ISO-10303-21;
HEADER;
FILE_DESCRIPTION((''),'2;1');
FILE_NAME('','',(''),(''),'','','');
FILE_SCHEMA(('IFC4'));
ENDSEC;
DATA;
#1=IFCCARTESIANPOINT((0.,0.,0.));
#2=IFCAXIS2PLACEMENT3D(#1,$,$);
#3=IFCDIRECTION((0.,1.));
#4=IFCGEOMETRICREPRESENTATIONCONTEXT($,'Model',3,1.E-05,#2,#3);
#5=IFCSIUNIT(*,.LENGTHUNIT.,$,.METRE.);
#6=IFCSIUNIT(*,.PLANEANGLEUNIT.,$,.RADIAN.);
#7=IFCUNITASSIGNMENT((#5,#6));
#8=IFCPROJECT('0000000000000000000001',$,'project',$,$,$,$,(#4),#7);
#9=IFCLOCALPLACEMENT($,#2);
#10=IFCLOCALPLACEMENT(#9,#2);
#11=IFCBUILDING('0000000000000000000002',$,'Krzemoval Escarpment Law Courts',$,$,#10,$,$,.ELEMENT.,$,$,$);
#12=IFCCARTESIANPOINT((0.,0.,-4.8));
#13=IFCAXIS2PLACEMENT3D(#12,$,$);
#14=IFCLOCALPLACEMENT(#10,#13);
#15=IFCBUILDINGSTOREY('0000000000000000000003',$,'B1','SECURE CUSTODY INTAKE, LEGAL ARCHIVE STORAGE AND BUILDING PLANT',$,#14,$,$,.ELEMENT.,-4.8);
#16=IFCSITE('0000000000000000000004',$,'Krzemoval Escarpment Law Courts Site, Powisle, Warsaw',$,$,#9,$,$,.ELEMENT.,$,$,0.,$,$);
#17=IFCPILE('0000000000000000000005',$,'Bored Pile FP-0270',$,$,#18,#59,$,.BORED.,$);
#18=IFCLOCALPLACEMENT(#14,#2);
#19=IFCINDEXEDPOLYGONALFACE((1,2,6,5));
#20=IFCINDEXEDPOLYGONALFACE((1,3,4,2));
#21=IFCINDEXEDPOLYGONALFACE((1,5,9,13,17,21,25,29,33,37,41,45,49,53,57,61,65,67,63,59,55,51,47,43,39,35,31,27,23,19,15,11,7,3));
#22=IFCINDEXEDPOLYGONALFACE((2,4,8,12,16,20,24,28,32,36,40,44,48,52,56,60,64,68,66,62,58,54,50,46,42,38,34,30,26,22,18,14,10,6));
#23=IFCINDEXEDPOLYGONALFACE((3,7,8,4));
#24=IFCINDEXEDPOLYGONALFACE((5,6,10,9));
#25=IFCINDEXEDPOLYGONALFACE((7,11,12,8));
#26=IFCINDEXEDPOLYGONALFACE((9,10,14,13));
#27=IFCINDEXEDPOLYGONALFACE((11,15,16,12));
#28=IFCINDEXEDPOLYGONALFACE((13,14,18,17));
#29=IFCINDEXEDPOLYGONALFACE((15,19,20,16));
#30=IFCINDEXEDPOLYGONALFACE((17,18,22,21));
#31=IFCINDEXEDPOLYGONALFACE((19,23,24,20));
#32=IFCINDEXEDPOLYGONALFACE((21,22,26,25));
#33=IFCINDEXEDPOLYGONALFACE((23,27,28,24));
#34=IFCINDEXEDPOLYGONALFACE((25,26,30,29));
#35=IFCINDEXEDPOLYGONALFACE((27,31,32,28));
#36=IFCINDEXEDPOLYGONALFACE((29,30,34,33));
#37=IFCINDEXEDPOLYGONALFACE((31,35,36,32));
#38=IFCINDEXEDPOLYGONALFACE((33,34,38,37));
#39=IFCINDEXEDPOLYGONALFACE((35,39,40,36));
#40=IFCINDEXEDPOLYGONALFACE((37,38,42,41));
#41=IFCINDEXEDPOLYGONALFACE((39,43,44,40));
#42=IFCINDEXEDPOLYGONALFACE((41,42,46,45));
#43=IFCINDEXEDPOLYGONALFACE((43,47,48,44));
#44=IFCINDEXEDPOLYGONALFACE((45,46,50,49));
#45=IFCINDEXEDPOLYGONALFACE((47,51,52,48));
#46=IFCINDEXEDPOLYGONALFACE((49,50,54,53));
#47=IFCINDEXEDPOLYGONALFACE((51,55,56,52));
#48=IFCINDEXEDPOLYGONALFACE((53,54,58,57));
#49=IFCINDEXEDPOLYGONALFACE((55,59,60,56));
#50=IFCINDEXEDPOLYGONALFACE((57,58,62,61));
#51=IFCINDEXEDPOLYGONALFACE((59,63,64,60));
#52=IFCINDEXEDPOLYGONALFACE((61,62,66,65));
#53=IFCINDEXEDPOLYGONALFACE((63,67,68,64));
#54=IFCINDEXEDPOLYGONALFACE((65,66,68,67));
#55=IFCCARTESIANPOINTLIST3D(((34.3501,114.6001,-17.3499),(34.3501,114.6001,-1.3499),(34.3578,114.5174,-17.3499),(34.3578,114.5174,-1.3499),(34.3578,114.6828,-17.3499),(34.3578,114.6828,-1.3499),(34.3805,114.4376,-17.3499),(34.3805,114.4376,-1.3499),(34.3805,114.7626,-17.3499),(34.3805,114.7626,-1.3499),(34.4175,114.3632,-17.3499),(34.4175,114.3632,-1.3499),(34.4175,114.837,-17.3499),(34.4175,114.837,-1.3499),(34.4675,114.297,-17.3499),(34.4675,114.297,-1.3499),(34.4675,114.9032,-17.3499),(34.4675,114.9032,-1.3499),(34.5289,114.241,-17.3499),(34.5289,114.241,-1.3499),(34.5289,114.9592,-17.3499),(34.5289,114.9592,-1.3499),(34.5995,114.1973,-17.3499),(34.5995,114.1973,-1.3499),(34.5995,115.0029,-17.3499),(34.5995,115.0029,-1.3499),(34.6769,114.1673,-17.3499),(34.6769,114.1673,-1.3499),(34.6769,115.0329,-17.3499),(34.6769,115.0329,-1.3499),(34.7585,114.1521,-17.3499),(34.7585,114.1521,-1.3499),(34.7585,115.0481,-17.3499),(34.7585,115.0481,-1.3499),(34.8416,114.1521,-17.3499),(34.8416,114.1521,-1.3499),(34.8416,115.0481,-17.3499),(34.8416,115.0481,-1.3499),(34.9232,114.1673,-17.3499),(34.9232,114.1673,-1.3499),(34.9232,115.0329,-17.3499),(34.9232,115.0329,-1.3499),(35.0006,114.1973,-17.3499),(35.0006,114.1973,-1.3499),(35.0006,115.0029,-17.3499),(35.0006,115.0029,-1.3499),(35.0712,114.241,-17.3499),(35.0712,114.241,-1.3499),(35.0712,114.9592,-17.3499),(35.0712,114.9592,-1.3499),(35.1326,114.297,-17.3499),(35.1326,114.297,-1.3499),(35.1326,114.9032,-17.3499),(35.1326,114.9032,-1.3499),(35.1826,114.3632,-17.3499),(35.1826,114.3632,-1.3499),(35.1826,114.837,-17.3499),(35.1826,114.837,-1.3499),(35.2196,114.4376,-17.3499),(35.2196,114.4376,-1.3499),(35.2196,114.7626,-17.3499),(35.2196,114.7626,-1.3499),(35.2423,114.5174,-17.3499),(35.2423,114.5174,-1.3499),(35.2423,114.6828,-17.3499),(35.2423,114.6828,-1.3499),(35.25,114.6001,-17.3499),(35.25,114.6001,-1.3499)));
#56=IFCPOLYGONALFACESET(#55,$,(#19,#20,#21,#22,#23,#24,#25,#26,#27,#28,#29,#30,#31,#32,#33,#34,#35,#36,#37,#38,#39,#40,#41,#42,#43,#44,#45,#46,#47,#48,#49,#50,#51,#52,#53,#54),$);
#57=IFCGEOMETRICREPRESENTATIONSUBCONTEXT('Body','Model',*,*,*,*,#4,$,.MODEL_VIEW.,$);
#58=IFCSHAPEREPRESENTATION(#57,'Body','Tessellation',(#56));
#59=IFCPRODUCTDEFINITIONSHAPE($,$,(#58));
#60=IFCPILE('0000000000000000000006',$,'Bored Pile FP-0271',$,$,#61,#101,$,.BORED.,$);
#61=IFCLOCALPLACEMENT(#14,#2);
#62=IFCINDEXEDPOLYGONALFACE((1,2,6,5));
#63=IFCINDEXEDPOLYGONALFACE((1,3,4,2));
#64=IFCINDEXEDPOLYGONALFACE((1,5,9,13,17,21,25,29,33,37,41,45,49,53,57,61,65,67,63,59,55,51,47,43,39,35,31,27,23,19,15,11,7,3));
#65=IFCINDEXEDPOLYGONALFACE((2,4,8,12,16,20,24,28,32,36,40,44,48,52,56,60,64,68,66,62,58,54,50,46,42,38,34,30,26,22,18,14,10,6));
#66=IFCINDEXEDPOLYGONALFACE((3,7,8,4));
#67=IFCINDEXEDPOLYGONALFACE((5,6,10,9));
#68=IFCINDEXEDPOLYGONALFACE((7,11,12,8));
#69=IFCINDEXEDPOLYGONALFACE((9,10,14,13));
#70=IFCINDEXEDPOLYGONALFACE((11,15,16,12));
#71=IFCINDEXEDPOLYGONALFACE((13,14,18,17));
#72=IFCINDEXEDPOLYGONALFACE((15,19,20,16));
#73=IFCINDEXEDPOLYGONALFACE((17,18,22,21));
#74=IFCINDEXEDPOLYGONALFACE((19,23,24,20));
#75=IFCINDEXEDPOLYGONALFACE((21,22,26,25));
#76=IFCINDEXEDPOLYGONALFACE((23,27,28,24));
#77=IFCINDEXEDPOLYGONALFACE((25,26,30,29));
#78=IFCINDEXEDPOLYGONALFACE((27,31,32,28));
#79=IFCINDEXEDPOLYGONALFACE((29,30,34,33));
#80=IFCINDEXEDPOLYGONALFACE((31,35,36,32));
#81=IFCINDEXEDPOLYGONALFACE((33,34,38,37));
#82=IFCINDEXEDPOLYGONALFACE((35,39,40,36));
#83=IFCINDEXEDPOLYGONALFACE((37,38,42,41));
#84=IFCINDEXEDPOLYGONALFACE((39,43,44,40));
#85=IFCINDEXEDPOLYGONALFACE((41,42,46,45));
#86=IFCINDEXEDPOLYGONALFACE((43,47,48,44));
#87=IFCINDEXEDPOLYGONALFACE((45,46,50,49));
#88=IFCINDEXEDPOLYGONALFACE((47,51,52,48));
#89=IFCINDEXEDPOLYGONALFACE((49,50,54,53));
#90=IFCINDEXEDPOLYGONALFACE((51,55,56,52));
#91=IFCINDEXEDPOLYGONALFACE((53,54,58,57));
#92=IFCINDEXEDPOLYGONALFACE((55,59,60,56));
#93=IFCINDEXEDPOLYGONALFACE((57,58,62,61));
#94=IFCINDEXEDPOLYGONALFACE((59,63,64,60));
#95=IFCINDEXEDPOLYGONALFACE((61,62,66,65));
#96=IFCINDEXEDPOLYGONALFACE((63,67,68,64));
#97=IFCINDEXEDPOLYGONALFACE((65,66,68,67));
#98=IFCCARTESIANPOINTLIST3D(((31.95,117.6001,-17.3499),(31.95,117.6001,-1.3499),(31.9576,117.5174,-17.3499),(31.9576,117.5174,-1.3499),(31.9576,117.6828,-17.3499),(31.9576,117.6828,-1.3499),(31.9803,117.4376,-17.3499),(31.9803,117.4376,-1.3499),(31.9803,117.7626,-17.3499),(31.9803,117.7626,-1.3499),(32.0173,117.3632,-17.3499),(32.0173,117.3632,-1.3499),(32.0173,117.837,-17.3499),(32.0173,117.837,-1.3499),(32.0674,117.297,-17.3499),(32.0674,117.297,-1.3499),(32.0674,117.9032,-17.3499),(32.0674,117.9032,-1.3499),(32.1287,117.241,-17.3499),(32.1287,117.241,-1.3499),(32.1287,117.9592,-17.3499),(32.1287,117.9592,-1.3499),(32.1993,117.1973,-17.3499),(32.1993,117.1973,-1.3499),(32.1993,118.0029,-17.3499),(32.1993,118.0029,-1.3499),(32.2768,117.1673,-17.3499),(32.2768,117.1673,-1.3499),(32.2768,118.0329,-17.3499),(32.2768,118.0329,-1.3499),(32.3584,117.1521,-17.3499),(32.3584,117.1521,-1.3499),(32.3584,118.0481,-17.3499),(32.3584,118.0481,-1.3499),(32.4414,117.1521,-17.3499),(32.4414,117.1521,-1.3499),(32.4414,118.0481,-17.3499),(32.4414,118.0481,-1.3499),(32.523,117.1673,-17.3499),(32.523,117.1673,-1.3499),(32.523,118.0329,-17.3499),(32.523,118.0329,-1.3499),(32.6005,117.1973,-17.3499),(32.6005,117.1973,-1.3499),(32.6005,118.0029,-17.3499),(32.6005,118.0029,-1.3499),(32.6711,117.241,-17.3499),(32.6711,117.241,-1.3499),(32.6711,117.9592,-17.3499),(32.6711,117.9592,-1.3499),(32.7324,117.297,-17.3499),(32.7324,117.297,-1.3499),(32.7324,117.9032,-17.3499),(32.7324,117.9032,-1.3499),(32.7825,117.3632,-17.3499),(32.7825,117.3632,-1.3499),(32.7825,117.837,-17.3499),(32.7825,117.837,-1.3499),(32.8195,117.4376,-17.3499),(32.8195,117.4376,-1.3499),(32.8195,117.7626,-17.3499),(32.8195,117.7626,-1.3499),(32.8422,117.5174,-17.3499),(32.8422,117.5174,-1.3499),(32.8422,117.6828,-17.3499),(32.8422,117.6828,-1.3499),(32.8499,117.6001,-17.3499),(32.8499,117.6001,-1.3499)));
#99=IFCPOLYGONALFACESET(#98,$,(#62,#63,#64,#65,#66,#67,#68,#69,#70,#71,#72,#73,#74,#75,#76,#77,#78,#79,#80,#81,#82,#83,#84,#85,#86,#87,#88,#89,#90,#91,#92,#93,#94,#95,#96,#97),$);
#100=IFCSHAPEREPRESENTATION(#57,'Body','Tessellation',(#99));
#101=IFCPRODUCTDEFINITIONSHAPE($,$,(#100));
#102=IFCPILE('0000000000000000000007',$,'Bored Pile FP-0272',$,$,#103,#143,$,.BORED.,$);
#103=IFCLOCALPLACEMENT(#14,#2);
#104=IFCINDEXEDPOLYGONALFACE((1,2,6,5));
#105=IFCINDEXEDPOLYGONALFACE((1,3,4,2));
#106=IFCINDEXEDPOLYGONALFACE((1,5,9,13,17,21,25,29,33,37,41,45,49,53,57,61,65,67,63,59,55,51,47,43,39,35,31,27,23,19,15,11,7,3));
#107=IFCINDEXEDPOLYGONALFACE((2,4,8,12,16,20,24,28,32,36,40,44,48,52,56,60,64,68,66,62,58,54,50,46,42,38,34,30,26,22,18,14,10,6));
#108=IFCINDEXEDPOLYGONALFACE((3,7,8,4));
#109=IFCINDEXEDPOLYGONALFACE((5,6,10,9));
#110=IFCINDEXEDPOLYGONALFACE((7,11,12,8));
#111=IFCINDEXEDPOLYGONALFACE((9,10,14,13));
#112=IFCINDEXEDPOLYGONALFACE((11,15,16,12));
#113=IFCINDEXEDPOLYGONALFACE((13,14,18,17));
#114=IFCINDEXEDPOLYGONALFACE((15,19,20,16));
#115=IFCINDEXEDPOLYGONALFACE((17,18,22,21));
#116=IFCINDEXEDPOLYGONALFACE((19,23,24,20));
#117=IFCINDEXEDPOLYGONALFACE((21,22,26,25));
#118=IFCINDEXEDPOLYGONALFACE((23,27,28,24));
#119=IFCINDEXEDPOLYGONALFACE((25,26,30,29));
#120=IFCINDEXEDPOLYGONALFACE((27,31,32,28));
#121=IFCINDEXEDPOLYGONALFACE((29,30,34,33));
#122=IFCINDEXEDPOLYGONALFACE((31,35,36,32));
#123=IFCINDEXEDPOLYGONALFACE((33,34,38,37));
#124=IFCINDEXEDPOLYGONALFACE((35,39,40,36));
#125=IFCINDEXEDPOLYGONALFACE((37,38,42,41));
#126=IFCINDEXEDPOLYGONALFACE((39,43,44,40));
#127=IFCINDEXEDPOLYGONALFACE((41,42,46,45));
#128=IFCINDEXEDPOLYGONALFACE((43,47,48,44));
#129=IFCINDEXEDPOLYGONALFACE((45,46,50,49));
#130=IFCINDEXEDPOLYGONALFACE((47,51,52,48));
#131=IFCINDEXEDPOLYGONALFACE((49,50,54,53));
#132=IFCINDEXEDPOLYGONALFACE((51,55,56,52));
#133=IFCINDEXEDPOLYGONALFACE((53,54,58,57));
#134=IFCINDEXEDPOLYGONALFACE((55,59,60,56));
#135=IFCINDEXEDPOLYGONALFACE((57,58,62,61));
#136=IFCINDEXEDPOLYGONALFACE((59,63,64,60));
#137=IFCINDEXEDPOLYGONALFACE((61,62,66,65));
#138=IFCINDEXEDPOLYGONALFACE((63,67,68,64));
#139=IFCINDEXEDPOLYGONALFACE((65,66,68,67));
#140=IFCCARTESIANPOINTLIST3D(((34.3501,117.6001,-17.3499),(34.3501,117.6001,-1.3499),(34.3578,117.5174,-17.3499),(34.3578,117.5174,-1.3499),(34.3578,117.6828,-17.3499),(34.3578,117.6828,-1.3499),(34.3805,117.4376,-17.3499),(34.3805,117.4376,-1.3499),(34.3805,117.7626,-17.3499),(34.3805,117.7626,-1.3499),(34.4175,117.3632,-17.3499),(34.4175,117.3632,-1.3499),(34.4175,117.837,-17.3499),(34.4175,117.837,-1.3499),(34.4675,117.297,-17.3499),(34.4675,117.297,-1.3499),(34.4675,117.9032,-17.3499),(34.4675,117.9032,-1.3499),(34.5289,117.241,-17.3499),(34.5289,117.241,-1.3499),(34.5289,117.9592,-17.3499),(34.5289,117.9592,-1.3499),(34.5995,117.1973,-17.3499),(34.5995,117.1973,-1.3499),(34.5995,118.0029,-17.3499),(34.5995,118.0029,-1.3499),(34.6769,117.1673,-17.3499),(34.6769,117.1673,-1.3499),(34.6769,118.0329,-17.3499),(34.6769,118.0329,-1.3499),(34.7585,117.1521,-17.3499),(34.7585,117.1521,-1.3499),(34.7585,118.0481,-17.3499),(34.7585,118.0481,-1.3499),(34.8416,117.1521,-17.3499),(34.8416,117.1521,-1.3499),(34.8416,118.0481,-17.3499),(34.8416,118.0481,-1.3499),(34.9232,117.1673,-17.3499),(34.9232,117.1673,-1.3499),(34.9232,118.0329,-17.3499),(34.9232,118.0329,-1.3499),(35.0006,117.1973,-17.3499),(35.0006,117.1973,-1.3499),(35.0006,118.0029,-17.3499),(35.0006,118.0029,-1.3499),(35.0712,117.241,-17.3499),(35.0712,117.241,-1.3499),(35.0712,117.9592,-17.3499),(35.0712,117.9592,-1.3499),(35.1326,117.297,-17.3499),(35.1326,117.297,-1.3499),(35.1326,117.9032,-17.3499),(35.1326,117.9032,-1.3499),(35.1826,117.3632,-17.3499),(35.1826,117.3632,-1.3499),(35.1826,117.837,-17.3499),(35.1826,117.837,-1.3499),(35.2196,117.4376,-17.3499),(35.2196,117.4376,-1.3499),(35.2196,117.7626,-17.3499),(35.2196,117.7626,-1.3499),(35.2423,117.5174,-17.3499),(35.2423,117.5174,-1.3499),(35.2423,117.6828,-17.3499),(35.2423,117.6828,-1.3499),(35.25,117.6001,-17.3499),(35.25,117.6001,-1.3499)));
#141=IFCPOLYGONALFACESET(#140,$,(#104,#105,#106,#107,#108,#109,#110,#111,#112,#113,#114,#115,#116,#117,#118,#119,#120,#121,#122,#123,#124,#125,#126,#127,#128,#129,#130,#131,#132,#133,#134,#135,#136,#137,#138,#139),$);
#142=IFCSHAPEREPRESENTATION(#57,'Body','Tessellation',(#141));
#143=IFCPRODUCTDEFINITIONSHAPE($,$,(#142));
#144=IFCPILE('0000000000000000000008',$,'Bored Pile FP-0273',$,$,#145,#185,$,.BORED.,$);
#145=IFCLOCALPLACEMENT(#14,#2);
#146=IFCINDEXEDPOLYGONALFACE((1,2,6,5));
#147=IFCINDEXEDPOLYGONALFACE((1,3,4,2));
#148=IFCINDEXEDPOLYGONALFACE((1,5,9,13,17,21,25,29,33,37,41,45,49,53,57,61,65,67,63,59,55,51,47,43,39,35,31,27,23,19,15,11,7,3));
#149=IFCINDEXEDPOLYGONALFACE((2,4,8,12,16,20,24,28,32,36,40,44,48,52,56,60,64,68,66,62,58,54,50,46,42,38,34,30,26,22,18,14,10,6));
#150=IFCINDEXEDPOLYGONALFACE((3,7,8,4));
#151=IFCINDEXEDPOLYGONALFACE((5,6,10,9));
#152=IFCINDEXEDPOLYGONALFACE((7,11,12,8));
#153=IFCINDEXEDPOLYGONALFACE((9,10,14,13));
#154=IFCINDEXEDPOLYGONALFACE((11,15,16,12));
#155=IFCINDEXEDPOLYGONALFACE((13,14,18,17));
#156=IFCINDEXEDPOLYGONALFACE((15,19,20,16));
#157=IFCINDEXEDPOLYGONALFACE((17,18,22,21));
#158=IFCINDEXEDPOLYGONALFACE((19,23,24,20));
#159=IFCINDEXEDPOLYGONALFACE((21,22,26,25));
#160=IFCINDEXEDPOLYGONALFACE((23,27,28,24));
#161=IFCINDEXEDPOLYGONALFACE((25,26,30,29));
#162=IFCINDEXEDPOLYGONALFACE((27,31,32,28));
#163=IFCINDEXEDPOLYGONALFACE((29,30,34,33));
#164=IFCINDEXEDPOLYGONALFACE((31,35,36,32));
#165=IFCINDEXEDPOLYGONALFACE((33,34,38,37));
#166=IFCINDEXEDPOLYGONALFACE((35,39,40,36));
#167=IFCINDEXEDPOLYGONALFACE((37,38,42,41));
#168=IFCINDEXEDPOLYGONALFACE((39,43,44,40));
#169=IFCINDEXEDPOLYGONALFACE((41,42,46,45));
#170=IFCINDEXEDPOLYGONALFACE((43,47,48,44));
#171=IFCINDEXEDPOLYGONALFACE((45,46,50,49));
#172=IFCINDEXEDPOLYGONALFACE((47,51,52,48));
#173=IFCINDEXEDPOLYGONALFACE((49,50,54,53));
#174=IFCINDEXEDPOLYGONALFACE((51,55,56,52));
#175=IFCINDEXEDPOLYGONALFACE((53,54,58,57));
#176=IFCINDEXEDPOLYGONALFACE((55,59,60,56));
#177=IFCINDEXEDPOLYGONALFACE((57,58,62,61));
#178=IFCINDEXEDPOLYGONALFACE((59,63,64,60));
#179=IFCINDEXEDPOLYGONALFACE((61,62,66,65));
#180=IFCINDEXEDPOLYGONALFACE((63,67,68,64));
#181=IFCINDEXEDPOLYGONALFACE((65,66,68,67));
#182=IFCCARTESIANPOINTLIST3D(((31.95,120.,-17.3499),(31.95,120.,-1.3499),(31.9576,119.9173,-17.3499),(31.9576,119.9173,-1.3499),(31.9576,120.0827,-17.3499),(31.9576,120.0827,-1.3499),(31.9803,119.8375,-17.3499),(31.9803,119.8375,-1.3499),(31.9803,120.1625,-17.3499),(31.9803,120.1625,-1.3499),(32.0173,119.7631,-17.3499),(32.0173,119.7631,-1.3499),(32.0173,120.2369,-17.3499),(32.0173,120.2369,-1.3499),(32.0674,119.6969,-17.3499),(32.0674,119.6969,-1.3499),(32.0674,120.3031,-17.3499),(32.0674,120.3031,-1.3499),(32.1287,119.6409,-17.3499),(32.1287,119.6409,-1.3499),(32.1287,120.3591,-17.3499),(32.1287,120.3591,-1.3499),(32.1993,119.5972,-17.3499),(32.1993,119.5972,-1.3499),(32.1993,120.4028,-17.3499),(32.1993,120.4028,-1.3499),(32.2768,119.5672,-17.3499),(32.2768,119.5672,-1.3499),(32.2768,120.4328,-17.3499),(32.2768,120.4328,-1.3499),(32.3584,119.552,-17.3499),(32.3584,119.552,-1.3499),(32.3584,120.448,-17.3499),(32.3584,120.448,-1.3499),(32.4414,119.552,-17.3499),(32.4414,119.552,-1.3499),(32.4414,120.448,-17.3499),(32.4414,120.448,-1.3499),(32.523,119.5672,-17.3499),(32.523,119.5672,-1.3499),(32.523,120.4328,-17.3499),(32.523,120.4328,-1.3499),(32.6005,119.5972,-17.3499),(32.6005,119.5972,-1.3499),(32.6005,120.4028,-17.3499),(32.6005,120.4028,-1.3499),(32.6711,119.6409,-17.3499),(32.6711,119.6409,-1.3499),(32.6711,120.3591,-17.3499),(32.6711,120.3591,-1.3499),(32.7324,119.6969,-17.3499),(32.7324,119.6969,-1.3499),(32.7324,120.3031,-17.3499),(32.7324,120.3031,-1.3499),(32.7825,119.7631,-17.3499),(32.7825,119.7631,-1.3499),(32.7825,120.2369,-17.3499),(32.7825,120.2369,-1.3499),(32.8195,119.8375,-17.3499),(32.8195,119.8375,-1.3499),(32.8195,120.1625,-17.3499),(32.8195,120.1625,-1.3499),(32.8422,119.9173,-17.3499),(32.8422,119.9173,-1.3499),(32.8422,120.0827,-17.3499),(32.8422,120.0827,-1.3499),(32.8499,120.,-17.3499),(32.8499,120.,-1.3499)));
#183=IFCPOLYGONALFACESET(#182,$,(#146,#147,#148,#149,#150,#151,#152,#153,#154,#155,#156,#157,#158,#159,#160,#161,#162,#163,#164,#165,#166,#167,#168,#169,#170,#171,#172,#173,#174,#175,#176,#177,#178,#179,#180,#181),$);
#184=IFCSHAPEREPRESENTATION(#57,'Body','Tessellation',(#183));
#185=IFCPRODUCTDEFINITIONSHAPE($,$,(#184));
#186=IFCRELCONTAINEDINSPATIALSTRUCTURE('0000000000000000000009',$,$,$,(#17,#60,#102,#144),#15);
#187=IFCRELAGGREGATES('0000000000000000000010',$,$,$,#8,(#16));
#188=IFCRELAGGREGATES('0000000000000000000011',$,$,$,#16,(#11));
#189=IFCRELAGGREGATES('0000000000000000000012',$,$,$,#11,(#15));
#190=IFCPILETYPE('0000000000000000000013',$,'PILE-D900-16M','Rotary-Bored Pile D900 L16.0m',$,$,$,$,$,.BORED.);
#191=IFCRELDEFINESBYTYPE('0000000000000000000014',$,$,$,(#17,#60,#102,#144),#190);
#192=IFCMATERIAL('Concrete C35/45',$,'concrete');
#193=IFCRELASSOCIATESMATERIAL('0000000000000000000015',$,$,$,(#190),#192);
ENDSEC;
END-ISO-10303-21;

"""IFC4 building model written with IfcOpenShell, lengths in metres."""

from ifc_helpers import new_model, si_unit, direction, frame, origin, origin_2d, place, context, subcontext, project, spatial, circle, extrude, material, material_profile, profile_set, type_object, element, save


model = new_model("IFC4")

# Units and contexts
model_context = context("Model", 3, precision=1e-05, world=origin(), true_north=direction((0.0, 1.0)))
body_context = subcontext(model_context, "Body", "Model", "MODEL_VIEW")
ifc_project = project(units=[si_unit("LENGTHUNIT", "METRE"), si_unit("PLANEANGLEUNIT", "RADIAN")], contexts=[model_context])

# Site, building, storey
site_placement = place(None, origin())
site = spatial("IfcSite", under=ifc_project, at=site_placement, Name="Krzemoval Escarpment Law Courts Site, Powisle, Warsaw", CompositionType="ELEMENT", RefElevation=0.0)
building_placement = place(site_placement, origin())
building = spatial("IfcBuilding", under=site, at=building_placement, Name="Krzemoval Escarpment Law Courts", CompositionType="ELEMENT")
storey_placement = place(building_placement, frame((0.0, 0.0, -4.8)))
storey = spatial("IfcBuildingStorey", under=building, at=storey_placement, Name="B1", Description="SECURE CUSTODY INTAKE, LEGAL ARCHIVE STORAGE AND BUILDING PLANT", CompositionType="ELEMENT", Elevation=-4.8)

# Piles
ifc_material_1 = material(Name="Concrete C35/45", Category="concrete")
ifc_material_profile_1 = material_profile(ifc_material_1, circle(Radius=0.45, at=origin_2d()), Name="PILE D900")
ifc_profile_set_1 = profile_set([ifc_material_profile_1], Name="Concrete C35/45")
pile_type = type_object("IfcPileType", Name="PILE-D900-16M", Description="Rotary-Bored Pile D900 L16.0m", PredefinedType="BORED", material=ifc_profile_set_1)
for number, where, z_axis, x_axis, name in (
    (1, (34.8, 114.6001, -1.3499), (0.0, 0.0, -1.0), (1.0, 0.0, 0.0), "Bored Pile FP-0270"),
    (2, (32.3999, 117.6001, -1.3499), (0.0, 0.0, -1.0), (1.0, 0.0, 0.0), "Bored Pile FP-0271"),
    (3, (34.8, 117.6001, -1.3499), (0.0, 0.0, -1.0), (1.0, 0.0, 0.0), "Bored Pile FP-0272"),
    (4, (32.3999, 120.0, -1.3499), (0.0, 0.0, -1.0), (1.0, 0.0, 0.0), "Bored Pile FP-0273"),
):
    element("IfcPile", number, at=place(storey_placement, frame(where, z_axis=z_axis, x_axis=x_axis)), inside=storey, type_object=pile_type, Name=name, PredefinedType="BORED", context=body_context, shape_type="SweptSolid", body=[
        extrude(circle(Radius=0.45, at=origin_2d()), origin(), (0.0, 0.0, 1.0), 16.0),
    ])

save(model, "model.ifc")
